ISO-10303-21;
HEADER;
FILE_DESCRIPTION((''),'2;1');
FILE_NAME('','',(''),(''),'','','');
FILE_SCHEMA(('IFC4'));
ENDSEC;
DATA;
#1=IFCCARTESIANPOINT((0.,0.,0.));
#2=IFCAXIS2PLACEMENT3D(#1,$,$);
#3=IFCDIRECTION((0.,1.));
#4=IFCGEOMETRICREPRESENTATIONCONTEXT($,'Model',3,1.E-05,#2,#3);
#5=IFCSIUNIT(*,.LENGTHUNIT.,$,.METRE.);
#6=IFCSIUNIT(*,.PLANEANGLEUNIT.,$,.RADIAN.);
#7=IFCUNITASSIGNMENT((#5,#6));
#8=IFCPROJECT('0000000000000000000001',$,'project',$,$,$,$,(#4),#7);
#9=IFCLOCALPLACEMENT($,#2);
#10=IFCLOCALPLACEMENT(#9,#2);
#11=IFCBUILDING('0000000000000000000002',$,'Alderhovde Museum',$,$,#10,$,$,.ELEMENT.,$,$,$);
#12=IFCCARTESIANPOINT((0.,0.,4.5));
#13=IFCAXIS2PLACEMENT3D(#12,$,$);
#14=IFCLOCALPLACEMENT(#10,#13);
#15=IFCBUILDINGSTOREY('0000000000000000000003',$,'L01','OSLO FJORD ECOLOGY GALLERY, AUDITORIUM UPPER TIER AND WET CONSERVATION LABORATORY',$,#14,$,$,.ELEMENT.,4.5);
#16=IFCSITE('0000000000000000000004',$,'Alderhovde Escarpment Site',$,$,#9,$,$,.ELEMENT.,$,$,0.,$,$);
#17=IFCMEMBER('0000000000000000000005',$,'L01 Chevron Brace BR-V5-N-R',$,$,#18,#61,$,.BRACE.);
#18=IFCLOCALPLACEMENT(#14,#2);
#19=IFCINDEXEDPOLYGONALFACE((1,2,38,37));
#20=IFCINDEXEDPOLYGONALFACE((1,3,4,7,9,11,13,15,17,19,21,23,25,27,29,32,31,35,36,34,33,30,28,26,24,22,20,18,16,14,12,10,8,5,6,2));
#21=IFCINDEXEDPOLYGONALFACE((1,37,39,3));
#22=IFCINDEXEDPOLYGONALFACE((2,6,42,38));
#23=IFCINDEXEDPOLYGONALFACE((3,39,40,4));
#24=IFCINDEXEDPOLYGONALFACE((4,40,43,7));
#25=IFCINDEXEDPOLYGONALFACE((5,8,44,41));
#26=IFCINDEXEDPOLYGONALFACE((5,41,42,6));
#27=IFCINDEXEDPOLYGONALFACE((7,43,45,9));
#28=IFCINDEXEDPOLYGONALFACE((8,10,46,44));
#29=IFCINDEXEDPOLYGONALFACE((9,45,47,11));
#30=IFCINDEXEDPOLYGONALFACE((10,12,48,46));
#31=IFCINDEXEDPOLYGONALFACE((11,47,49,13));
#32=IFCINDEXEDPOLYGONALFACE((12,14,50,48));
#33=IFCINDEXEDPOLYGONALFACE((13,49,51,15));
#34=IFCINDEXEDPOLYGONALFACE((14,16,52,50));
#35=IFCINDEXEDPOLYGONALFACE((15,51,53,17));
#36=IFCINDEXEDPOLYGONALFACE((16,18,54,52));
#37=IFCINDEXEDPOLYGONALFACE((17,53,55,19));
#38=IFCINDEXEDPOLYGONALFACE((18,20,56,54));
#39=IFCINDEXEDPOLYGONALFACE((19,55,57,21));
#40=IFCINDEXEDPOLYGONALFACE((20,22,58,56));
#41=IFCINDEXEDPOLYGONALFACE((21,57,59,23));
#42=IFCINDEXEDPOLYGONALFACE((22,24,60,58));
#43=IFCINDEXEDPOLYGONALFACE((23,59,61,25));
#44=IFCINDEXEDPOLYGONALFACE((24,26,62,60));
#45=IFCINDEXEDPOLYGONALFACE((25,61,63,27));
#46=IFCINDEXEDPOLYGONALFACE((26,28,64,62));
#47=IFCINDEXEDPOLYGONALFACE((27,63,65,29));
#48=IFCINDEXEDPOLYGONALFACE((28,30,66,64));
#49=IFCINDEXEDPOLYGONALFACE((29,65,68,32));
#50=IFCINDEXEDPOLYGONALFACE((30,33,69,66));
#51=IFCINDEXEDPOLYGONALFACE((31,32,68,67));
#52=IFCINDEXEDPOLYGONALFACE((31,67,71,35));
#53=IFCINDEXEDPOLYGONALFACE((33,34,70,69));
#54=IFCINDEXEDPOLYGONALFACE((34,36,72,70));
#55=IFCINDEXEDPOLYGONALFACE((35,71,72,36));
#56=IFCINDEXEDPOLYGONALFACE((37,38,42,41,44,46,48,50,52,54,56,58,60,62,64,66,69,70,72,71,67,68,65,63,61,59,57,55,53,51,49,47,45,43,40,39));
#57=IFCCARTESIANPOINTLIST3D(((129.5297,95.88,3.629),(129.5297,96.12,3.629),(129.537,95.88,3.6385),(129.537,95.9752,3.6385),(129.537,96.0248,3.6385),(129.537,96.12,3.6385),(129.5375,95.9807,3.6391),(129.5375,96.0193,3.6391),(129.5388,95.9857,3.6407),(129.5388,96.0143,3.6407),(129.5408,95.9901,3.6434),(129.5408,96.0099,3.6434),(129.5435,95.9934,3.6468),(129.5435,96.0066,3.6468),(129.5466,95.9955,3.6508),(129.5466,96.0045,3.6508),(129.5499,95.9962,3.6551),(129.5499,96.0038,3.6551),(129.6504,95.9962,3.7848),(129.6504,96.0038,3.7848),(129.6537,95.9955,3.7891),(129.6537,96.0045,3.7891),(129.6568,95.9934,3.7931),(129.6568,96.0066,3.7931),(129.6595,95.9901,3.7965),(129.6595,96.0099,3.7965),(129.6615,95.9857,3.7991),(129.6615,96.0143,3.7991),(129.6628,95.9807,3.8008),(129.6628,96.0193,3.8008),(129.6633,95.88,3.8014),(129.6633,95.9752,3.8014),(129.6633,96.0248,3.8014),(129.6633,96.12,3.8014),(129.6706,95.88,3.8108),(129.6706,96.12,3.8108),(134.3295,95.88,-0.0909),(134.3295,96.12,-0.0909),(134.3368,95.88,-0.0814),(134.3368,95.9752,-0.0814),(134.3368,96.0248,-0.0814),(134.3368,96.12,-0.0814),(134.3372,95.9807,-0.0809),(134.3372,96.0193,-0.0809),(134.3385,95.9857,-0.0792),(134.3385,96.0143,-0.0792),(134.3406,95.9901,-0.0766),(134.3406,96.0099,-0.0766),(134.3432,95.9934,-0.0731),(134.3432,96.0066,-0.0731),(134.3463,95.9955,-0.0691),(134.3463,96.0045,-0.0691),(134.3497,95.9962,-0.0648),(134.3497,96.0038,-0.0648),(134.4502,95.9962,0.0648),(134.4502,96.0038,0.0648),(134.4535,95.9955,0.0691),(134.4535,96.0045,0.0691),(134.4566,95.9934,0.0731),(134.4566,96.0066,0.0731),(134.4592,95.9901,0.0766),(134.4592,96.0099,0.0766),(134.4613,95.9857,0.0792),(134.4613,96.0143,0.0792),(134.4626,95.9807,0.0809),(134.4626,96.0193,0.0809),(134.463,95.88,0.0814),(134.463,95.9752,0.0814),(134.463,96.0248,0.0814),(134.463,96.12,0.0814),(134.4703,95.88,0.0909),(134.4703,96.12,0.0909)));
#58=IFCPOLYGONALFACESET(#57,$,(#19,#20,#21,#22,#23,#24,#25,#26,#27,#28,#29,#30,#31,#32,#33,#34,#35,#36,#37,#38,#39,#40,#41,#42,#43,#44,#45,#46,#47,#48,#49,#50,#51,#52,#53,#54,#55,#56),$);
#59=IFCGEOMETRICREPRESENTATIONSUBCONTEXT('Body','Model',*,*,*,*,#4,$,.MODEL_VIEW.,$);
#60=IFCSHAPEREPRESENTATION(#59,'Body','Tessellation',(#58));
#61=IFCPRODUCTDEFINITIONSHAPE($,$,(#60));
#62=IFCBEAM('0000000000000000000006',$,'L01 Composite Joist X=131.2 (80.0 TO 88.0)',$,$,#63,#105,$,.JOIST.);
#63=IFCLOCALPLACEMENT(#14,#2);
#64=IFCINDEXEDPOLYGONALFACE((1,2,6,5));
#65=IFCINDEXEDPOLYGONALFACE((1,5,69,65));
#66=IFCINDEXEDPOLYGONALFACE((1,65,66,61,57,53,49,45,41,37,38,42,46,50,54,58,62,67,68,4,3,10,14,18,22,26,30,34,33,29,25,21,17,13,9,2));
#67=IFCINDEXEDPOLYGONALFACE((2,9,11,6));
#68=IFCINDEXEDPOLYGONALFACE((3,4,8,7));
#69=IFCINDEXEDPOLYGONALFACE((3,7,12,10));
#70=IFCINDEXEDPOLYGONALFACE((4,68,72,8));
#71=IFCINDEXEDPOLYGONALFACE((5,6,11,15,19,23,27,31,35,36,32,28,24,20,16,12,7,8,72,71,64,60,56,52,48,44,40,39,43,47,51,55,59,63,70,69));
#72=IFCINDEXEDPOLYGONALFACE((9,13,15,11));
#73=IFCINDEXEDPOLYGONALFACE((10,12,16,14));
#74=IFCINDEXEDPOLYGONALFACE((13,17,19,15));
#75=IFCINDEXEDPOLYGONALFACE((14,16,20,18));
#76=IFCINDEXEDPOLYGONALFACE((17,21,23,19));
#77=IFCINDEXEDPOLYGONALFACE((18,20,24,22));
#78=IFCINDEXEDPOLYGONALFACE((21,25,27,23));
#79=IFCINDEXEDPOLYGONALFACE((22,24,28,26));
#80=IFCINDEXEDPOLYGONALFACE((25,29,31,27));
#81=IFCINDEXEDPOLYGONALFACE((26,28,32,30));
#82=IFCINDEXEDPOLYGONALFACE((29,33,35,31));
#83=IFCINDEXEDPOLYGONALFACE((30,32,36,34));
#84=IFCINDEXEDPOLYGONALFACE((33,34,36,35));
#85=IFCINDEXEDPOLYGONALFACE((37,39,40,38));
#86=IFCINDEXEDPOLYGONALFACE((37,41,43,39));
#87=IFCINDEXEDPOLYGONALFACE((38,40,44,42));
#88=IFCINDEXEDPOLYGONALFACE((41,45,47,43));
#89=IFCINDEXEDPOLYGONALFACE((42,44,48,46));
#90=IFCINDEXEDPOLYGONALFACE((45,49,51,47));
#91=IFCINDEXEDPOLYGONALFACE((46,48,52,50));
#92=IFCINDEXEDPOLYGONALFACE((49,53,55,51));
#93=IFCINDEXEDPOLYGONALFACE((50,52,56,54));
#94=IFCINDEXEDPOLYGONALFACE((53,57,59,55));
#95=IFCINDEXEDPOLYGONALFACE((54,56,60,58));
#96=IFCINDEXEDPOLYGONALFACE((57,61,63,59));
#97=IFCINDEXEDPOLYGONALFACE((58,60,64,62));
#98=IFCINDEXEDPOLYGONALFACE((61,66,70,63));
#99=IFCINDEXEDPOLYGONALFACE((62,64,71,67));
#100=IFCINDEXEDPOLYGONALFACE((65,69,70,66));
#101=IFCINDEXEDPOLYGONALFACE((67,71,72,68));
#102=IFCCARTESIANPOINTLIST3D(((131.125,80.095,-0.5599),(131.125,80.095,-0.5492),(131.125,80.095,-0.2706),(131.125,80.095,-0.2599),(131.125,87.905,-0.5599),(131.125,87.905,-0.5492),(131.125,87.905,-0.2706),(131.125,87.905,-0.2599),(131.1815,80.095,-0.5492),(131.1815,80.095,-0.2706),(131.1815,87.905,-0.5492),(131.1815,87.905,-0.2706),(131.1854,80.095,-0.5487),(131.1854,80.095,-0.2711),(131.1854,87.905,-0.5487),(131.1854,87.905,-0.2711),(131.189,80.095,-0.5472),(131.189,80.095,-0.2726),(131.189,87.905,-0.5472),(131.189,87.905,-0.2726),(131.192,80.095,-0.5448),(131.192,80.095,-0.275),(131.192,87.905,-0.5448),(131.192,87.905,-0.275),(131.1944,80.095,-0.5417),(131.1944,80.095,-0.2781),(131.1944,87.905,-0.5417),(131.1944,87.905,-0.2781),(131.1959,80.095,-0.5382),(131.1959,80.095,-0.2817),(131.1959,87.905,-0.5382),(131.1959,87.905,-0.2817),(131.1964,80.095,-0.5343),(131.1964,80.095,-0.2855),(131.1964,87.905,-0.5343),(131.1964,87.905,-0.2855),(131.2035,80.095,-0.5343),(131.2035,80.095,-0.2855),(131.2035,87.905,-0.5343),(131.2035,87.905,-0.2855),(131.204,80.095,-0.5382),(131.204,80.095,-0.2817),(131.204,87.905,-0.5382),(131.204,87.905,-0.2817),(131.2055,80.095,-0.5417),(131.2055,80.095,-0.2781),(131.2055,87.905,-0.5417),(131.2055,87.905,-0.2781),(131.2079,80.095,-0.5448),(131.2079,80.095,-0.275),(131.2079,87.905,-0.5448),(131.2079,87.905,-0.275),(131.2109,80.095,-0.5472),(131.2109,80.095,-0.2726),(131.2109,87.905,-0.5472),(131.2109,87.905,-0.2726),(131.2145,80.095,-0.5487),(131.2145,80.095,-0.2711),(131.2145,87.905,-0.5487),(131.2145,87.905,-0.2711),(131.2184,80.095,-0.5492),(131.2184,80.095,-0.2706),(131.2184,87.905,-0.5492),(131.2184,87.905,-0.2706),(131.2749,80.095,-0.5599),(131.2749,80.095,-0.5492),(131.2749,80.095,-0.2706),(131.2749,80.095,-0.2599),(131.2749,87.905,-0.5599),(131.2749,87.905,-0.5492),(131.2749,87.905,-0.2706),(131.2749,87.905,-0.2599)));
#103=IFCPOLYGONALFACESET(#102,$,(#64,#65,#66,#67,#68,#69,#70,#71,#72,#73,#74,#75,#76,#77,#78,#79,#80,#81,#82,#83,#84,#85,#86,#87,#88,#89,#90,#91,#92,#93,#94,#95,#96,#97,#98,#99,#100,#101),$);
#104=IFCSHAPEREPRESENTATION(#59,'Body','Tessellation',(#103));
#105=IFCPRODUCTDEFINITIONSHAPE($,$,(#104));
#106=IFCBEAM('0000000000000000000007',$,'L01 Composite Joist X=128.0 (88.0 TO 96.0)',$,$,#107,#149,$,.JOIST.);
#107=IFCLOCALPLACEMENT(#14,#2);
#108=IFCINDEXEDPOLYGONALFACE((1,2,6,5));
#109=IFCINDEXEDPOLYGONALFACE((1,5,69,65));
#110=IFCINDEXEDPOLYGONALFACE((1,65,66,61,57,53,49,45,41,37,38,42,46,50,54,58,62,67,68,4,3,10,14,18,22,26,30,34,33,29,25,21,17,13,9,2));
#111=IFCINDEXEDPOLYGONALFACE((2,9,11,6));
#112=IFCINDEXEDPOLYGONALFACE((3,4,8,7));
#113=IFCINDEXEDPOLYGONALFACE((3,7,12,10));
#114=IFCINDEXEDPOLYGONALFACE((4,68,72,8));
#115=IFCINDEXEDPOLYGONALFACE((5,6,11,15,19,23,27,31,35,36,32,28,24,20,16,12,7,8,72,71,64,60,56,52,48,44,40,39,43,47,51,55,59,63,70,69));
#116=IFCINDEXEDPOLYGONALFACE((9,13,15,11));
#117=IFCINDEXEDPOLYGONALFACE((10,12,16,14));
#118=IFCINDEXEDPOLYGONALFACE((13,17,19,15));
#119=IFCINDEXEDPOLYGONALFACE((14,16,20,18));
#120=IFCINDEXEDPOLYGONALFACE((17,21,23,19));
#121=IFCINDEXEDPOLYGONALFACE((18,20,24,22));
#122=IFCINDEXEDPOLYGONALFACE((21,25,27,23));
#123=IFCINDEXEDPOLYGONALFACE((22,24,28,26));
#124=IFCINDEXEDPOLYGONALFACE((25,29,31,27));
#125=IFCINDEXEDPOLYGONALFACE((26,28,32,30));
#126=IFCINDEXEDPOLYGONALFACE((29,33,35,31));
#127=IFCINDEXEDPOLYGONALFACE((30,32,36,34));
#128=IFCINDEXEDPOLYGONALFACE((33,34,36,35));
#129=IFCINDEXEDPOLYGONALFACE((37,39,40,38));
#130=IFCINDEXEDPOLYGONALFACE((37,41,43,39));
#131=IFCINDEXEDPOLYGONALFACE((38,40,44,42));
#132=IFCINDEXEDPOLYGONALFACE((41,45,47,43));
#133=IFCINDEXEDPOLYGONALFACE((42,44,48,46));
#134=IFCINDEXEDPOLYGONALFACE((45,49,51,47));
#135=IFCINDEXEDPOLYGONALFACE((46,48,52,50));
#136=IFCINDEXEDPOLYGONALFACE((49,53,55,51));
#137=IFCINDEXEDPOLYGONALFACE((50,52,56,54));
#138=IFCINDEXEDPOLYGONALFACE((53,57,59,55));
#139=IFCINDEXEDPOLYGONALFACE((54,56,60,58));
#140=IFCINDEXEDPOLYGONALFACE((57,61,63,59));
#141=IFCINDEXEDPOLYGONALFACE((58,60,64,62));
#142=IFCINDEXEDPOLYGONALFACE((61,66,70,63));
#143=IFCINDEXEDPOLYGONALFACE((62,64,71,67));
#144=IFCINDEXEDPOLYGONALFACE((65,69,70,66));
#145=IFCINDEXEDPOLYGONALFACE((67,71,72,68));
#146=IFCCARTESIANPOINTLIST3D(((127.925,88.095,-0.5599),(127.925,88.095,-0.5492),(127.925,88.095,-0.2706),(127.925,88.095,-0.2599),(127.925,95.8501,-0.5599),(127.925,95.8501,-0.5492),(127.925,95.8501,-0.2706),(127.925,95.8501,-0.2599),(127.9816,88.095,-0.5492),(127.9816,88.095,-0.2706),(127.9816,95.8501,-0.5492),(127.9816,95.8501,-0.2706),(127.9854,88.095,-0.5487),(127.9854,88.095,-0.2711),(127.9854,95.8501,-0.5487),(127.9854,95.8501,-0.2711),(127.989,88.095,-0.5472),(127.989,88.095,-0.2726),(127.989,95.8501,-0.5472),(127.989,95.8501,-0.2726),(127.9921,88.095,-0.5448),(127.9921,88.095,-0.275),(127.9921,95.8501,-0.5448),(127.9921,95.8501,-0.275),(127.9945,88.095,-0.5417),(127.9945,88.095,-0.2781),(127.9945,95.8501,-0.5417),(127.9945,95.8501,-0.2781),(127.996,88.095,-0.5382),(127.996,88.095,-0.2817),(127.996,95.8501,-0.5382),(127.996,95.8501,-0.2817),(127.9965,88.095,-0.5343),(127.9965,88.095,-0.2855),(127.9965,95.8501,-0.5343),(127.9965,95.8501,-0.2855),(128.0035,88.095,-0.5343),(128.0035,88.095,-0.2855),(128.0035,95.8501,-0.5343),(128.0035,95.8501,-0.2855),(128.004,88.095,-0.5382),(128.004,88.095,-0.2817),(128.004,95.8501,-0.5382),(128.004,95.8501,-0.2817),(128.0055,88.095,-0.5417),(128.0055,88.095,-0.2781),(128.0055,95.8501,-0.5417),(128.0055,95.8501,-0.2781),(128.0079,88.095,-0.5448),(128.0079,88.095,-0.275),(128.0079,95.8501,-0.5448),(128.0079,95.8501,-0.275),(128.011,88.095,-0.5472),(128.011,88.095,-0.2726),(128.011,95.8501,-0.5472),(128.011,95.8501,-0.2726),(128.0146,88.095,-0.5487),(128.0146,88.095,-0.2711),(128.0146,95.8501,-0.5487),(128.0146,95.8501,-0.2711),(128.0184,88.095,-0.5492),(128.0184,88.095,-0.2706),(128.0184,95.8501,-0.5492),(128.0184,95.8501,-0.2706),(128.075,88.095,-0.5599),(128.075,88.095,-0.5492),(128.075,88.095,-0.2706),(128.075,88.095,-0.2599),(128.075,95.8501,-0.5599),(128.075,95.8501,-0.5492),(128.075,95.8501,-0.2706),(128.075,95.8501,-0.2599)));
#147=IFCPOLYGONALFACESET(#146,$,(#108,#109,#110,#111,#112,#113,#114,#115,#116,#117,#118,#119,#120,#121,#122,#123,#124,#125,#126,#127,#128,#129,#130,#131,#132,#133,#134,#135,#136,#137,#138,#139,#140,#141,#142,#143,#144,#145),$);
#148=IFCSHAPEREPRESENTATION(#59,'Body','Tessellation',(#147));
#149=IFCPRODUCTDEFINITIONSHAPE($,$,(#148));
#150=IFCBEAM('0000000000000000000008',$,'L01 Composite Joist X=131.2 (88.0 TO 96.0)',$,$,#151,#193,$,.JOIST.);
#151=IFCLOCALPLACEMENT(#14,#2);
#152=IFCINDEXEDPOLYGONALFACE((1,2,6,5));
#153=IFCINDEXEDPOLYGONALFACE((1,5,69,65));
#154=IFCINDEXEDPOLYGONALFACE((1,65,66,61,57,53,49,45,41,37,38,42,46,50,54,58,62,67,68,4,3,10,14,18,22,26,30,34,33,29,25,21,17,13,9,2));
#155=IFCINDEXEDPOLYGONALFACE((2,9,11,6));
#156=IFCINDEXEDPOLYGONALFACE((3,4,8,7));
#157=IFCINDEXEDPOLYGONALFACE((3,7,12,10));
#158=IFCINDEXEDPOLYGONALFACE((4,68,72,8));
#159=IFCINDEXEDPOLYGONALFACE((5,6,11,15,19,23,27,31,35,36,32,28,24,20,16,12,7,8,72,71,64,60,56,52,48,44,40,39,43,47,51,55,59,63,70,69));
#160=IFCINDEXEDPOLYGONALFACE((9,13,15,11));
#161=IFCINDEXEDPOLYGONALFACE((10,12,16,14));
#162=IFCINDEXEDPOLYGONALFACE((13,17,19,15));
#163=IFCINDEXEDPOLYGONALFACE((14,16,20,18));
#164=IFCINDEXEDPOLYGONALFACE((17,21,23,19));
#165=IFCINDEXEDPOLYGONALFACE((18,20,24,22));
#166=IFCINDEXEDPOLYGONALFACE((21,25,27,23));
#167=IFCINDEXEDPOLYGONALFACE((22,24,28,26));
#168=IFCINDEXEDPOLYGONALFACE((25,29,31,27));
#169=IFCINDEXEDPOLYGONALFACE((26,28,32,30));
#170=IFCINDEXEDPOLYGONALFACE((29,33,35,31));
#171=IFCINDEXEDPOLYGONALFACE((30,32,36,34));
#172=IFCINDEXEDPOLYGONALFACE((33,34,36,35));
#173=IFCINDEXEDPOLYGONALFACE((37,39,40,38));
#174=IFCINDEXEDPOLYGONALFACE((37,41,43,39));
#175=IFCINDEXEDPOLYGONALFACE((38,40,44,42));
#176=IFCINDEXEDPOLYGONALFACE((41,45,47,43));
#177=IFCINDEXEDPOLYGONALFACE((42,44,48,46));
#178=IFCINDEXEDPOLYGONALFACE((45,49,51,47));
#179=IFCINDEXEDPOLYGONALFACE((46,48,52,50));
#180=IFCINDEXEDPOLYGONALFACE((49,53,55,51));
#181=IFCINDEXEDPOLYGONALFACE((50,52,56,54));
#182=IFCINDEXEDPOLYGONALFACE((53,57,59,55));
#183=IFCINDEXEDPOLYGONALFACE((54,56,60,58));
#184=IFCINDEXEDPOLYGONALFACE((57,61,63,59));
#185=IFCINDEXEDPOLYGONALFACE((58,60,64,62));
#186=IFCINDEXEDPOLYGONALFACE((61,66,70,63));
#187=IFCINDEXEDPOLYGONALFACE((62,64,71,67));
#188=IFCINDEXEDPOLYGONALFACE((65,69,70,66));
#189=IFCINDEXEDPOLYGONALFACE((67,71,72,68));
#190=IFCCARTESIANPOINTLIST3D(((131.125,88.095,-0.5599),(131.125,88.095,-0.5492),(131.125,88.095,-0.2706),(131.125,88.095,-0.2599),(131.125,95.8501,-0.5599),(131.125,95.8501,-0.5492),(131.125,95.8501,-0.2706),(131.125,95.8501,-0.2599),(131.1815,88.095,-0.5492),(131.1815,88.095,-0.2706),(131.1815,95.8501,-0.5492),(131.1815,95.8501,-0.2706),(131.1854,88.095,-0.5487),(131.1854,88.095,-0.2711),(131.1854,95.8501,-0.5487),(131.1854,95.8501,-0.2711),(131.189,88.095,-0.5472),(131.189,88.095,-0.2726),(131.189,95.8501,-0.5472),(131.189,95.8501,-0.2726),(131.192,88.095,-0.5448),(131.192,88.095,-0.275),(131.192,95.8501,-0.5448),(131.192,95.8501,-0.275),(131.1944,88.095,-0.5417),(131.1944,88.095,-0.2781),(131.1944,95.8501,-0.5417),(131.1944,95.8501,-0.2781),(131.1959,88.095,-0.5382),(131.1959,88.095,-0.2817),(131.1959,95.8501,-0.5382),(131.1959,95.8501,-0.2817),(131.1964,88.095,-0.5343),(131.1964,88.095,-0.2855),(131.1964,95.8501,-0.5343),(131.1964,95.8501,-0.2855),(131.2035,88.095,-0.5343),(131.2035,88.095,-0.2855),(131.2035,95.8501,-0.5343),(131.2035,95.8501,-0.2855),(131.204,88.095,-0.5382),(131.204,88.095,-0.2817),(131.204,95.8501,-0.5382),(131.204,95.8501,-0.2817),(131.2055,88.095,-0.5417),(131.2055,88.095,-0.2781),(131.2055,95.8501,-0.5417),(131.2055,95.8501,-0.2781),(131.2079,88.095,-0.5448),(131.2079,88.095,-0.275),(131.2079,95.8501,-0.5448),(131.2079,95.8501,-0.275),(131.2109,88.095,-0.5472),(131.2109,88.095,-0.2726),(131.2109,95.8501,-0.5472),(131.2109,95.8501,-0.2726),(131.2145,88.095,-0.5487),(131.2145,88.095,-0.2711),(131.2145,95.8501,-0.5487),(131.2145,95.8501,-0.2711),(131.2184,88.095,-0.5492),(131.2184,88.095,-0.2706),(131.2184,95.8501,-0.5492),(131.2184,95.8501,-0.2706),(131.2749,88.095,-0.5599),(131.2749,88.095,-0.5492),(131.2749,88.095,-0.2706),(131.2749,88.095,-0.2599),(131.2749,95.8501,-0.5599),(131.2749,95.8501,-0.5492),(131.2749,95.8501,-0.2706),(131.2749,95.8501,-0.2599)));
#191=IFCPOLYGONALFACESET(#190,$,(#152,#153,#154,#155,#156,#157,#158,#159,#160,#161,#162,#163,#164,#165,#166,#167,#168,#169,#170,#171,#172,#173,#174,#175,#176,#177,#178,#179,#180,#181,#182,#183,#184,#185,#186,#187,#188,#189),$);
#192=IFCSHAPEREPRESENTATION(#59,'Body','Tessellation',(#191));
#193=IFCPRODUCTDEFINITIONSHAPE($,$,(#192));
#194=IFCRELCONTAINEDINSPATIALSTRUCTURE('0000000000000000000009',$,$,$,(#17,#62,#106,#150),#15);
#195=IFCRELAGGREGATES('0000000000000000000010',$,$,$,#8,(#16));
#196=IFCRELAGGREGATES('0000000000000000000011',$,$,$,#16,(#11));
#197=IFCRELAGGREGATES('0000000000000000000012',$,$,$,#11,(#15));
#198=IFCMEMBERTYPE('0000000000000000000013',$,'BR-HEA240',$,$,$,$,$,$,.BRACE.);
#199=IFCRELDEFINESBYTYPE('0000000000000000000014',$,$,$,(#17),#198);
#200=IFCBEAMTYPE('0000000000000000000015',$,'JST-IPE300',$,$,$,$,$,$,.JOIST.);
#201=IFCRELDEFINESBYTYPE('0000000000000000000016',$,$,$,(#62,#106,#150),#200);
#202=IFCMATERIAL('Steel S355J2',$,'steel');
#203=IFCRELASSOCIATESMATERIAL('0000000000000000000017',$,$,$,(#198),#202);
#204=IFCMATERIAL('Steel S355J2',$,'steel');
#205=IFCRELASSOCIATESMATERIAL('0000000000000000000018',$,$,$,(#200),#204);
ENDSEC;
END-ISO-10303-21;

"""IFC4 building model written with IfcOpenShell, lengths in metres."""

from ifc_helpers import new_model, si_unit, direction, frame, origin, origin_2d, place, context, subcontext, project, spatial, i_section, extrude, material, material_profile, profile_set, type_object, element, save


model = new_model("IFC4")

# Units and contexts
model_context = context("Model", 3, precision=1e-05, world=origin(), true_north=direction((0.0, 1.0)))
body_context = subcontext(model_context, "Body", "Model", "MODEL_VIEW")
ifc_project = project(units=[si_unit("LENGTHUNIT", "METRE"), si_unit("PLANEANGLEUNIT", "RADIAN")], contexts=[model_context])

# Site, building, storey
site_placement = place(None, origin())
site = spatial("IfcSite", under=ifc_project, at=site_placement, Name="Alderhovde Escarpment Site", CompositionType="ELEMENT", RefElevation=0.0)
building_placement = place(site_placement, origin())
building = spatial("IfcBuilding", under=site, at=building_placement, Name="Alderhovde Museum", CompositionType="ELEMENT")
storey_placement = place(building_placement, frame((0.0, 0.0, 4.5)))
storey = spatial("IfcBuildingStorey", under=building, at=storey_placement, Name="L01", Description="OSLO FJORD ECOLOGY GALLERY, AUDITORIUM UPPER TIER AND WET CONSERVATION LABORATORY", CompositionType="ELEMENT", Elevation=4.5)

# Member
ifc_material_1 = material(Name="Steel S355J2", Category="steel")
ifc_material_profile_1 = material_profile(ifc_material_1, i_section(OverallWidth=0.24, OverallDepth=0.23, WebThickness=0.0076, FlangeThickness=0.012, FilletRadius=0.021, at=origin_2d()), Name="HEA 240")
ifc_profile_set_1 = profile_set([ifc_material_profile_1], Name="Steel S355J2")
member_type = type_object("IfcMemberType", Name="BR-HEA240", PredefinedType="BRACE", material=ifc_profile_set_1)
member_placement = place(storey_placement, frame((134.3999, 96.0, 0.0), z_axis=(-0.790405, 0.0, 0.612584), x_axis=(0.0, -1.0, 0.0)))
element("IfcMember", 1, at=member_placement, inside=storey, type_object=member_type, Name="L01 Chevron Brace BR-V5-N-R", PredefinedType="BRACE", context=body_context, shape_type="SweptSolid", body=[
    extrude(i_section(OverallWidth=0.24, OverallDepth=0.23, WebThickness=0.0076, FlangeThickness=0.012, FilletRadius=0.021, at=origin_2d()), origin(), (0.0, 0.0, 1.0), 6.0725),
])

# Beams
ifc_material_2 = material(Name="Steel S355J2", Category="steel")
ifc_material_profile_2 = material_profile(ifc_material_2, i_section(OverallWidth=0.1499, OverallDepth=0.3, WebThickness=0.0071, FlangeThickness=0.0107, FilletRadius=0.0149, at=origin_2d()), Name="IPE 300")
ifc_profile_set_2 = profile_set([ifc_material_profile_2], Name="Steel S355J2")
beam_type_1 = type_object("IfcBeamType", Name="JST-IPE300", PredefinedType="JOIST", material=ifc_profile_set_2)
beam_1_placement = place(storey_placement, frame((131.2, 80.095, -0.4099), z_axis=(0.0, 1.0, 0.0), x_axis=(-1.0, 0.0, 0.0)))
element("IfcBeam", 2, at=beam_1_placement, inside=storey, type_object=beam_type_1, Name="L01 Composite Joist X=131.2 (80.0 TO 88.0)", PredefinedType="JOIST", context=body_context, shape_type="SweptSolid", body=[
    extrude(i_section(OverallWidth=0.1499, OverallDepth=0.3, WebThickness=0.0071, FlangeThickness=0.0107, FilletRadius=0.0149, at=origin_2d()), origin(), (0.0, 0.0, 1.0), 7.8101),
])
for number, where, z_axis, x_axis, name in (
    (3, (128.0, 88.095, -0.4099), (0.0, 1.0, 0.0), (-1.0, 0.0, 0.0), "L01 Composite Joist X=128.0 (88.0 TO 96.0)"),
    (4, (131.2, 88.095, -0.4099), (0.0, 1.0, 0.0), (-1.0, 0.0, 0.0), "L01 Composite Joist X=131.2 (88.0 TO 96.0)"),
):
    element("IfcBeam", number, at=place(storey_placement, frame(where, z_axis=z_axis, x_axis=x_axis)), inside=storey, type_object=beam_type_1, Name=name, PredefinedType="JOIST", context=body_context, shape_type="SweptSolid", body=[
        extrude(i_section(OverallWidth=0.1499, OverallDepth=0.3, WebThickness=0.0071, FlangeThickness=0.0107, FilletRadius=0.0149, at=origin_2d()), origin(), (0.0, 0.0, 1.0), 7.7551),
    ])

save(model, "model.ifc")
